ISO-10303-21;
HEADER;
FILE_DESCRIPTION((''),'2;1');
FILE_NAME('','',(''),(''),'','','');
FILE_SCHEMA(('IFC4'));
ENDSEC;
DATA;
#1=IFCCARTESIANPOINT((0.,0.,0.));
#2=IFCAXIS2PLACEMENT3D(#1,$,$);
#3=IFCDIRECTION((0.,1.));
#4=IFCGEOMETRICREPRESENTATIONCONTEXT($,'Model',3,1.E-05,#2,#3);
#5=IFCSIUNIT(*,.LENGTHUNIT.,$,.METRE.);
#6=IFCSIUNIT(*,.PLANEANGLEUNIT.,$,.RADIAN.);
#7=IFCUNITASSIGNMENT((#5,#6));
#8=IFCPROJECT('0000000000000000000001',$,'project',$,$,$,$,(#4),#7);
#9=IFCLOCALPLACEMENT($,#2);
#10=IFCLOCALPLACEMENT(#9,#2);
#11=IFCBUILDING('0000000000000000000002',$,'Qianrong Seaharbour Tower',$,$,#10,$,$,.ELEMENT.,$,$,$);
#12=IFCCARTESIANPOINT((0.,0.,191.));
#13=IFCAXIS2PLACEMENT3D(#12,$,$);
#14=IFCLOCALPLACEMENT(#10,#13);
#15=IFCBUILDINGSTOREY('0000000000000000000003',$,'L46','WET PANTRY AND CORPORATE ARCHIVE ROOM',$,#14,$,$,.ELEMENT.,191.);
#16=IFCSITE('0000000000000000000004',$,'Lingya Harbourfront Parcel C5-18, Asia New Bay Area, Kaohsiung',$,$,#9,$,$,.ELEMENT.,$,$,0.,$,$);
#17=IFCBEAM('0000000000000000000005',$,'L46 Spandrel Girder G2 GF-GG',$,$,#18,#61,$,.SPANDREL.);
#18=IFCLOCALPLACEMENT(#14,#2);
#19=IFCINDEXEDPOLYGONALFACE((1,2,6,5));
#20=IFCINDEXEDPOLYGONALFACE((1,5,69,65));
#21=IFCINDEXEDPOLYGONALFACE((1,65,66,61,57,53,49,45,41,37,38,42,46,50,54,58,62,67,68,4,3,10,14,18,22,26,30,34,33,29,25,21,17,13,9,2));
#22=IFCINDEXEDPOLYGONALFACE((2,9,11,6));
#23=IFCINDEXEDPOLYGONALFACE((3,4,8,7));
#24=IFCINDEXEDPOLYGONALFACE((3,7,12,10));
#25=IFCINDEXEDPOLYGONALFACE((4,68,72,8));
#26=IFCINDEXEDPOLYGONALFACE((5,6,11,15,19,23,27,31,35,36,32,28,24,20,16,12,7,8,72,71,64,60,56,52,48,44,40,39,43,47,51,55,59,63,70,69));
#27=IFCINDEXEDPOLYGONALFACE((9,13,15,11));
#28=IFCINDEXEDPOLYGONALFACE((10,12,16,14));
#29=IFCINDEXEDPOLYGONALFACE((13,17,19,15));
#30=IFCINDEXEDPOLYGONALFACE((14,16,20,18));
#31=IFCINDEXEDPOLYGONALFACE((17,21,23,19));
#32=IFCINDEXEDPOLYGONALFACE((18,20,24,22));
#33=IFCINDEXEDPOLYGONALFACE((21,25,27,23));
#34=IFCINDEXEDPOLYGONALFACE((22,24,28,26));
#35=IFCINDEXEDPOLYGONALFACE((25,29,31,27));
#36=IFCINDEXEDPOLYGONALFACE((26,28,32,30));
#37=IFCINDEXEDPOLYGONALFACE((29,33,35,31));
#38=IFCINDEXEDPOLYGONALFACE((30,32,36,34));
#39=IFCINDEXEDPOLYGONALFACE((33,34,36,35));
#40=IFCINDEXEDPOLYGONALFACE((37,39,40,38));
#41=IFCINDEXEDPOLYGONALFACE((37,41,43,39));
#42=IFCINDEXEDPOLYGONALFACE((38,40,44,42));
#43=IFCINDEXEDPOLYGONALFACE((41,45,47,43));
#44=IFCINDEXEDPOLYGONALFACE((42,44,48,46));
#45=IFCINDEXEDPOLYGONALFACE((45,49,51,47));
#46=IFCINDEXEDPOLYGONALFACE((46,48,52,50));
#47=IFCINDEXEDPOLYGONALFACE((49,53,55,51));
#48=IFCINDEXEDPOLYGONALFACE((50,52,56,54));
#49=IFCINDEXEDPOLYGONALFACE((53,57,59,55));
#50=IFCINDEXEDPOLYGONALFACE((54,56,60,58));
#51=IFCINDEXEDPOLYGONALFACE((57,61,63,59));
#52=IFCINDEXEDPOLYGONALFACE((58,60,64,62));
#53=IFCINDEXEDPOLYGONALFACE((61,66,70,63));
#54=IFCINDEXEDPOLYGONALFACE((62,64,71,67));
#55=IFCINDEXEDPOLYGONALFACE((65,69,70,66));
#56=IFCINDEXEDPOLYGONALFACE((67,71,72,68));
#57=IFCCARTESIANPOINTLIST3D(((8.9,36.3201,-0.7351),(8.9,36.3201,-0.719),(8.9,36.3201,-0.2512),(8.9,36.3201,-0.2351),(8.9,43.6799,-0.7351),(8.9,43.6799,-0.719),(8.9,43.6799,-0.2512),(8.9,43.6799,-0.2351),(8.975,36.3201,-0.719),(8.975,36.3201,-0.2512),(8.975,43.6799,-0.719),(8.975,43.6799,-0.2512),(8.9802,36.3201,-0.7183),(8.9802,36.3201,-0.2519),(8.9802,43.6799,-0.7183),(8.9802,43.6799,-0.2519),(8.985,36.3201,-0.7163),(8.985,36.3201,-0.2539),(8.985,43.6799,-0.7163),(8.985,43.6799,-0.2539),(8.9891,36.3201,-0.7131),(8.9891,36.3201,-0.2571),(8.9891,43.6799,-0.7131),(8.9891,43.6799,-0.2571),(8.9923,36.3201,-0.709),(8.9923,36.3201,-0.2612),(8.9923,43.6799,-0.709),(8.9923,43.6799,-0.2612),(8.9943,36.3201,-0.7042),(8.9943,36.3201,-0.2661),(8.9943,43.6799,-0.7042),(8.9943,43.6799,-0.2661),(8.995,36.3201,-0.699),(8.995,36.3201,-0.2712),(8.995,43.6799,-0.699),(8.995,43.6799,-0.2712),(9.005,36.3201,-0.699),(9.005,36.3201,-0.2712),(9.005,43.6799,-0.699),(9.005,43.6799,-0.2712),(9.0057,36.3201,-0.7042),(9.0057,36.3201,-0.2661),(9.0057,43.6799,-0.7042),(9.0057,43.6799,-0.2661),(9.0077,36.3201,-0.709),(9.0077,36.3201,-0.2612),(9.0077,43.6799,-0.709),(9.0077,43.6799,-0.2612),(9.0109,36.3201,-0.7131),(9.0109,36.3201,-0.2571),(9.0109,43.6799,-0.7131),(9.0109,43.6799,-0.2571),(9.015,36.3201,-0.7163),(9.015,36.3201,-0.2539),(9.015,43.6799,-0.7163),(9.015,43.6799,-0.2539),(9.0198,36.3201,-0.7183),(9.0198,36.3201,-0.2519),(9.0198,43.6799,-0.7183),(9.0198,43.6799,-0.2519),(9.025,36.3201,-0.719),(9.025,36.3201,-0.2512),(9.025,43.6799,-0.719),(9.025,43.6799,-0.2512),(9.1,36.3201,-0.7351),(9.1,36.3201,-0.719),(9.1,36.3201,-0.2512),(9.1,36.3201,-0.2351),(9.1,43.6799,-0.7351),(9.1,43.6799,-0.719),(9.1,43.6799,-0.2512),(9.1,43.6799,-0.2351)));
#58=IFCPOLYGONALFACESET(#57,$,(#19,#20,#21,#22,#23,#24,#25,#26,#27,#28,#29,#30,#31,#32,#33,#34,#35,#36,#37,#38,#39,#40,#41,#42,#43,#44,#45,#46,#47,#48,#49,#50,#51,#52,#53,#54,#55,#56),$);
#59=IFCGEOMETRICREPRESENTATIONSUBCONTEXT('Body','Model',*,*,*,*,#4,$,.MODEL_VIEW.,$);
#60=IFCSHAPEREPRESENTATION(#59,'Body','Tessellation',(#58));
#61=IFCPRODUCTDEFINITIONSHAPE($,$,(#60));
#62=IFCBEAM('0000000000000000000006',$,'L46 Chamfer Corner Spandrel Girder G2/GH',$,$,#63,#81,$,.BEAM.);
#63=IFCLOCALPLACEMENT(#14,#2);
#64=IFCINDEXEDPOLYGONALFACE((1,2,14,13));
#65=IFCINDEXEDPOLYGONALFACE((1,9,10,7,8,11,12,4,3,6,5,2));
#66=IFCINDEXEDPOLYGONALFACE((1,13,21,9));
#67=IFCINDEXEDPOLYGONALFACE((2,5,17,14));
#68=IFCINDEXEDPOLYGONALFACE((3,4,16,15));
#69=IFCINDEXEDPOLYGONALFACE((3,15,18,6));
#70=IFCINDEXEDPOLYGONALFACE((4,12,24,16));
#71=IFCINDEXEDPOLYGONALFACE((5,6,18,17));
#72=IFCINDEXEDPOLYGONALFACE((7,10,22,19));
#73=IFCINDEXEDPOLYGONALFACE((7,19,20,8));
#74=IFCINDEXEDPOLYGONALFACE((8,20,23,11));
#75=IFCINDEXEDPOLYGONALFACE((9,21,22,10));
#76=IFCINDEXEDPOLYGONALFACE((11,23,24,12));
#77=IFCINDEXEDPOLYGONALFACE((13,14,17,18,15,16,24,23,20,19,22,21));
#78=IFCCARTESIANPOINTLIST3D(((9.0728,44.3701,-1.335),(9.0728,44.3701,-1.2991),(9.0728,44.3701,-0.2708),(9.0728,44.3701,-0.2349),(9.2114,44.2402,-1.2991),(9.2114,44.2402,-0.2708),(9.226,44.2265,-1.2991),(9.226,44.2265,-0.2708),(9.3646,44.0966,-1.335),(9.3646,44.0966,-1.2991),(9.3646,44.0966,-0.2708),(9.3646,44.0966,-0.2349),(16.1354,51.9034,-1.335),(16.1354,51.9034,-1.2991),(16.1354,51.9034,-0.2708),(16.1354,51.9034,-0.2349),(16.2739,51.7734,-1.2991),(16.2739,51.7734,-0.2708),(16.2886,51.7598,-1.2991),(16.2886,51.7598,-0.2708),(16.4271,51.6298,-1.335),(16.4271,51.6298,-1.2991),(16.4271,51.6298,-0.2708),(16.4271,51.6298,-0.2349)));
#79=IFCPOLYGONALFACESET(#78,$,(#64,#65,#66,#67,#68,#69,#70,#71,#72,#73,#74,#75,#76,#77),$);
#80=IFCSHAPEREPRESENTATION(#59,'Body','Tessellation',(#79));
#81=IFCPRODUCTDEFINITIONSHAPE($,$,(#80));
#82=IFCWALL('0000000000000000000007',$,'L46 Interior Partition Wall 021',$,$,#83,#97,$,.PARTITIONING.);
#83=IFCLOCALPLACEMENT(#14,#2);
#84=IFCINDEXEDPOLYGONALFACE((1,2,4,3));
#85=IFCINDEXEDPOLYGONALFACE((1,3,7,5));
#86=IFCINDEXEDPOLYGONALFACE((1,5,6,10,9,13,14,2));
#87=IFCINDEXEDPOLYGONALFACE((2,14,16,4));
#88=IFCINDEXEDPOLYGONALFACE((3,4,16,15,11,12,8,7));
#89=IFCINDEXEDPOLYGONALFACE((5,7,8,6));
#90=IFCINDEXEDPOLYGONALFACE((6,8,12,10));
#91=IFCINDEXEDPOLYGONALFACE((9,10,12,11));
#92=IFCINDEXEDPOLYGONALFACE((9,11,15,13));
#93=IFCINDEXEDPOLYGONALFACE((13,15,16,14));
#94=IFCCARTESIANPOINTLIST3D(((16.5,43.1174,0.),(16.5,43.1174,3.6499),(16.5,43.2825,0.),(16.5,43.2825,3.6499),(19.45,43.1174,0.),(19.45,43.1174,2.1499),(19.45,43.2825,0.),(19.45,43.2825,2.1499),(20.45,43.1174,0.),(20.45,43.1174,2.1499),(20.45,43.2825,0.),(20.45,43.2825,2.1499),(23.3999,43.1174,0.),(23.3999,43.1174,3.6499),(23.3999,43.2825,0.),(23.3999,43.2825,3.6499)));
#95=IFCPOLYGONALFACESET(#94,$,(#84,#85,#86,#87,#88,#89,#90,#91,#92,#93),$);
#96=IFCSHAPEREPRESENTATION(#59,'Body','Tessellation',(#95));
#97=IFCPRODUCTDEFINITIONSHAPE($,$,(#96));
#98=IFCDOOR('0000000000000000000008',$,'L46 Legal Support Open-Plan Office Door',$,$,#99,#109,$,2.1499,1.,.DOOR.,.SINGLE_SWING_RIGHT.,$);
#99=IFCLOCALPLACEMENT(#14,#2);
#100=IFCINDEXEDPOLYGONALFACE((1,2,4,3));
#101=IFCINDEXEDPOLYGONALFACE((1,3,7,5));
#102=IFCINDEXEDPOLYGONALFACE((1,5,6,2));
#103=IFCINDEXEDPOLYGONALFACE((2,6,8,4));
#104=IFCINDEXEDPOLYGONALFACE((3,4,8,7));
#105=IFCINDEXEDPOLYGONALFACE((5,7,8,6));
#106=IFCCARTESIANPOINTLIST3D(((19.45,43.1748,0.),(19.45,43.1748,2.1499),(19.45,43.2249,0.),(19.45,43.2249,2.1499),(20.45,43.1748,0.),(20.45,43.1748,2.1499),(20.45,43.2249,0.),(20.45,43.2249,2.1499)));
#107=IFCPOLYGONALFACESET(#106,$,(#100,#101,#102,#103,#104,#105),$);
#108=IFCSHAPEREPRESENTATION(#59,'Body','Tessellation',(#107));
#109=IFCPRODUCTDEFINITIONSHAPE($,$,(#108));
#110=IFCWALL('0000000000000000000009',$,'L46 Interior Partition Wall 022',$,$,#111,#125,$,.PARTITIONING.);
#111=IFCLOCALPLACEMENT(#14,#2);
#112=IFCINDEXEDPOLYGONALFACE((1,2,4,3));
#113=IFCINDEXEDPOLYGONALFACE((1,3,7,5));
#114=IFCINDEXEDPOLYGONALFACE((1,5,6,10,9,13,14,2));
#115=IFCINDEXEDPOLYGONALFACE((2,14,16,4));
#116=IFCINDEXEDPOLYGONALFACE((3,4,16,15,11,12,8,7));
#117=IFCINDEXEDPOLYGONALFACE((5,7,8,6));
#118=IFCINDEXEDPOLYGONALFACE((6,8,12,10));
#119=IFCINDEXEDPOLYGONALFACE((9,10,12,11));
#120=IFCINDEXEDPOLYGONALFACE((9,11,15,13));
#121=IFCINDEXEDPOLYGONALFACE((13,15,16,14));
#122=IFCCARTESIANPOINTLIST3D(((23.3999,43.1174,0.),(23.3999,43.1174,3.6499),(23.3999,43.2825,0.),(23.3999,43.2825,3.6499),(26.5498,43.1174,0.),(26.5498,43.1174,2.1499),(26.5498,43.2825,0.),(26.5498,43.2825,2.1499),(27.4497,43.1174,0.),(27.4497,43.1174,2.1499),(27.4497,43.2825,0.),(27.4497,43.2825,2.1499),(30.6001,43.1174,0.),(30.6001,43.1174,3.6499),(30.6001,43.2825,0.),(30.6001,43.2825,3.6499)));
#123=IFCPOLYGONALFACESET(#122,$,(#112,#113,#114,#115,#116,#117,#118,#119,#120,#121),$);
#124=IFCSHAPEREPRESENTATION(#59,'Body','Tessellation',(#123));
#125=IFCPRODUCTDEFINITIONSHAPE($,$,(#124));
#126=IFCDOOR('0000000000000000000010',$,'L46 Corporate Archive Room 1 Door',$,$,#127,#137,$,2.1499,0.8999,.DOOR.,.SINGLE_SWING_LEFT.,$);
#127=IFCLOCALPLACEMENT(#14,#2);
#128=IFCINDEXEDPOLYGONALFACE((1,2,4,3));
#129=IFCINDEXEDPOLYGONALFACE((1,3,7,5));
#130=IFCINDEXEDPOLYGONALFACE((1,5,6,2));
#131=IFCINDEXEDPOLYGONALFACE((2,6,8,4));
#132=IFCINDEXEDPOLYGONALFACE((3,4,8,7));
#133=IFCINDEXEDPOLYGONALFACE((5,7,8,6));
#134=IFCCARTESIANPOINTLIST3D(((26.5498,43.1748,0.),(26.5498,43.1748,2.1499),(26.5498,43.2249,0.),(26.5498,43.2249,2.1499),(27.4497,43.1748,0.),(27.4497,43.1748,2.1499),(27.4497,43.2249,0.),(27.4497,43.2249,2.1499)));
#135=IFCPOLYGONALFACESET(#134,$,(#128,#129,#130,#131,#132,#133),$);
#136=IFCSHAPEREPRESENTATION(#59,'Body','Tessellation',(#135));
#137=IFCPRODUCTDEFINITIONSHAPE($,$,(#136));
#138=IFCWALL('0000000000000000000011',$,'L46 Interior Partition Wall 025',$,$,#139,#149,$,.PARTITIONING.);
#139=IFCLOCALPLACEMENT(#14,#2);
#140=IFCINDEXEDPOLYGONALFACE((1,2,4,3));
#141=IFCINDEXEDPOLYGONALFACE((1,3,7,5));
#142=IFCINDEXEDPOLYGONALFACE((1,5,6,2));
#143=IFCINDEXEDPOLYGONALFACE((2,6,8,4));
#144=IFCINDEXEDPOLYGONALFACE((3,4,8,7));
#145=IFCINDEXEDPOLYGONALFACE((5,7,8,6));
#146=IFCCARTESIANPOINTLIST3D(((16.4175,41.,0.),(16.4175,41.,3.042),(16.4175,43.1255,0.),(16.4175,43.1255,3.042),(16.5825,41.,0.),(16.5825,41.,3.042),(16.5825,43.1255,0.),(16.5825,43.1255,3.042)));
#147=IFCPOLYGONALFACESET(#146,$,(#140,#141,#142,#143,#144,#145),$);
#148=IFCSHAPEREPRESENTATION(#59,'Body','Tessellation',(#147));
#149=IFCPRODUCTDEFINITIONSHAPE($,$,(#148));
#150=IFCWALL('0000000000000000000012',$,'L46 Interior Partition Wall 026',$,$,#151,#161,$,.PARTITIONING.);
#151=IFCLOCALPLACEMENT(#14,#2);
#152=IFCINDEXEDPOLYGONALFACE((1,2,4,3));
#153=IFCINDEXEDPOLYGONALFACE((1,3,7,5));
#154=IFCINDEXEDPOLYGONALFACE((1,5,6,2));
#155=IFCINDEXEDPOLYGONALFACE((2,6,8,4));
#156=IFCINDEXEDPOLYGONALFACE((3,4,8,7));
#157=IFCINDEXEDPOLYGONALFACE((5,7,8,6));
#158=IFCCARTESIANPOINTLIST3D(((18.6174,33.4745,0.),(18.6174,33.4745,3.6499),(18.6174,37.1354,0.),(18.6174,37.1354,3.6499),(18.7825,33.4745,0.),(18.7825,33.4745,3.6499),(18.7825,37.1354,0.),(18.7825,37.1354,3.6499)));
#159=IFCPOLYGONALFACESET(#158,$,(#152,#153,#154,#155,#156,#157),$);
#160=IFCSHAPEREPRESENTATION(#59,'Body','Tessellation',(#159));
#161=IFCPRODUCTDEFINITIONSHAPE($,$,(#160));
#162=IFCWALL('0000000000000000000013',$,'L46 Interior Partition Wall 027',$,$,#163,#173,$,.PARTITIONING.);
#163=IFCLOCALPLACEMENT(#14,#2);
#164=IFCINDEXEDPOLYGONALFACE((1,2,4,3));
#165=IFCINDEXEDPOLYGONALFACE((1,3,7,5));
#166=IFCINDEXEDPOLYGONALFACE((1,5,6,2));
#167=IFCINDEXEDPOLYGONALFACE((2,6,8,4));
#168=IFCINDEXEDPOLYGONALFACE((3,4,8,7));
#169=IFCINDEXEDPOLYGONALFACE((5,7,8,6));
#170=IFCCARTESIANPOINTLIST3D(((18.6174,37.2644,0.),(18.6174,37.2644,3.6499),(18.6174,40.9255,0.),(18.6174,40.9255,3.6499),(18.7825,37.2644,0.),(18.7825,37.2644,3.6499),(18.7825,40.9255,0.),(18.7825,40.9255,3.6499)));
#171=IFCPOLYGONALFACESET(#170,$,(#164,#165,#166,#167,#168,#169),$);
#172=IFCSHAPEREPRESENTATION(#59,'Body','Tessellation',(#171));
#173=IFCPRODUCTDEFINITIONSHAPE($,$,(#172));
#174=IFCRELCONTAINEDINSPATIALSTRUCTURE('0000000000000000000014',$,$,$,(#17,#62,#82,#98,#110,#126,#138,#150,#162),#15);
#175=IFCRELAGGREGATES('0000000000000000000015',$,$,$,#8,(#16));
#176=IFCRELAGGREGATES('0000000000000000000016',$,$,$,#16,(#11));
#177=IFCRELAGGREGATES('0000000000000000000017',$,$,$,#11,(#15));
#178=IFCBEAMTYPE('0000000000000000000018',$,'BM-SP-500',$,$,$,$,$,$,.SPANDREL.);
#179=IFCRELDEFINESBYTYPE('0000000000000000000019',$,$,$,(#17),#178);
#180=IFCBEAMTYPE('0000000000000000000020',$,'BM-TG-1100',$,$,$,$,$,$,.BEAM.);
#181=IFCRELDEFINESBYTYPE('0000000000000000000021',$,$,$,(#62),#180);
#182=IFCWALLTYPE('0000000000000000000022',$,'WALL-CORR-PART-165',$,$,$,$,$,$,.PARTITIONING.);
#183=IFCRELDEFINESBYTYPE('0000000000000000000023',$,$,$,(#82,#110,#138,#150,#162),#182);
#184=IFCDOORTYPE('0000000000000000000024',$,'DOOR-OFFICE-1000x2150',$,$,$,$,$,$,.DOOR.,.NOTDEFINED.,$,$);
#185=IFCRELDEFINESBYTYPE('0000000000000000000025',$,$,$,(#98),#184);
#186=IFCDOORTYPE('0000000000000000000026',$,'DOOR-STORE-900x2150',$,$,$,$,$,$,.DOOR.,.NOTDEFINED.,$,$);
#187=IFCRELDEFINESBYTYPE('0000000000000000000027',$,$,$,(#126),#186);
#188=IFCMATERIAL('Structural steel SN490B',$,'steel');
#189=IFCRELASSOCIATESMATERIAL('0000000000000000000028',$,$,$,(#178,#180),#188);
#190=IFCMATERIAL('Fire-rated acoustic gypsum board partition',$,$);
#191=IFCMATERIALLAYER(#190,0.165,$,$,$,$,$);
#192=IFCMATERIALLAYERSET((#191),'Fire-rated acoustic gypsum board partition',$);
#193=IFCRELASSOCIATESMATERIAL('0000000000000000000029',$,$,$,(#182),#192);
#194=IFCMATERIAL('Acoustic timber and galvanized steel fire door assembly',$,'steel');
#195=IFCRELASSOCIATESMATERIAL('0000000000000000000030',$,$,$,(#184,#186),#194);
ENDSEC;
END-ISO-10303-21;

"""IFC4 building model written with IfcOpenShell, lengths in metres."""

from ifc_helpers import new_model, si_unit, direction, frame, frame_2d, origin, origin_2d, place, context, subcontext, project, spatial, rectangle, i_section, extrude, material, layer, layer_set, material_profile, profile_set, type_object, element, fill, save


model = new_model("IFC4")

# Units and contexts
model_context = context("Model", 3, precision=1e-05, world=origin(), true_north=direction((0.0, 1.0)))
body_context = subcontext(model_context, "Body", "Model", "MODEL_VIEW")
ifc_project = project(units=[si_unit("LENGTHUNIT", "METRE"), si_unit("PLANEANGLEUNIT", "RADIAN")], contexts=[model_context])

# Site, building, storey
site_placement = place(None, origin())
site = spatial("IfcSite", under=ifc_project, at=site_placement, Name="Lingya Harbourfront Parcel C5-18, Asia New Bay Area, Kaohsiung", CompositionType="ELEMENT", RefElevation=0.0)
building_placement = place(site_placement, origin())
building = spatial("IfcBuilding", under=site, at=building_placement, Name="Qianrong Seaharbour Tower", CompositionType="ELEMENT")
storey_placement = place(building_placement, frame((0.0, 0.0, 191.0)))
storey = spatial("IfcBuildingStorey", under=building, at=storey_placement, Name="L46", Description="WET PANTRY AND CORPORATE ARCHIVE ROOM", CompositionType="ELEMENT", Elevation=191.0)

# Shared definitions
ifc_material_1 = material(Name="Structural steel SN490B", Category="steel")

# Beams
ifc_material_profile_1 = material_profile(ifc_material_1, i_section(OverallWidth=0.2, OverallDepth=0.5, WebThickness=0.01, FlangeThickness=0.0161, FilletRadius=0.02, at=origin_2d()), Name="H500x200x10x16")
ifc_profile_set_1 = profile_set([ifc_material_profile_1], Name="Structural steel SN490B")
beam_type_1 = type_object("IfcBeamType", Name="BM-SP-500", PredefinedType="SPANDREL", material=ifc_profile_set_1)
for number, where, z_axis, x_axis, name in (
    (1, (9.0, 36.3201, -0.4851), (0.0, 1.0, 0.0), (-1.0, 0.0, 0.0), "L46 Spandrel Girder G2 GF-GG"),
):
    element("IfcBeam", number, at=place(storey_placement, frame(where, z_axis=z_axis, x_axis=x_axis)), inside=storey, type_object=beam_type_1, Name=name, PredefinedType="SPANDREL", context=body_context, shape_type="SweptSolid", body=[
        extrude(i_section(OverallWidth=0.2, OverallDepth=0.5, WebThickness=0.01, FlangeThickness=0.0161, FilletRadius=0.02, at=origin_2d()), origin(), (0.0, 0.0, 1.0), 7.3599),
    ])
ifc_material_profile_2 = material_profile(ifc_material_1, i_section(OverallWidth=0.3999, OverallDepth=1.1001, WebThickness=0.02, FlangeThickness=0.0359, at=origin_2d()), Name="BH1100x400x20x36")
ifc_profile_set_2 = profile_set([ifc_material_profile_2], Name="Structural steel SN490B")
beam_type_2 = type_object("IfcBeamType", Name="BM-TG-1100", PredefinedType="BEAM", material=ifc_profile_set_2)
beam_1_placement = place(storey_placement, frame((16.2812, 51.7666, -0.7849), z_axis=(-0.683947, -0.729531, 0.0), x_axis=(0.729531, -0.683947, 0.0)))
element("IfcBeam", 2, at=beam_1_placement, inside=storey, type_object=beam_type_2, Name="L46 Chamfer Corner Spandrel Girder G2/GH", PredefinedType="BEAM", context=body_context, shape_type="SweptSolid", body=[
    extrude(i_section(OverallWidth=0.3999, OverallDepth=1.1001, WebThickness=0.02, FlangeThickness=0.0359, at=origin_2d()), origin(), (0.0, 0.0, 1.0), 10.3262),
])

# Walls, openings, doors
ifc_material_2 = material(Name="Fire-rated acoustic gypsum board partition")
ifc_layer_1 = layer(ifc_material_2, 0.165)
ifc_layer_set_1 = layer_set([ifc_layer_1], Name="Fire-rated acoustic gypsum board partition")
wall_type_1 = type_object("IfcWallType", Name="WALL-CORR-PART-165", PredefinedType="PARTITIONING", material=ifc_layer_set_1)
wall_1_placement = place(storey_placement, frame((16.5, 43.2, 0.0), z_axis=(0.0, 0.0, 1.0), x_axis=(1.0, 0.0, 0.0)))
wall_1 = element("IfcWall", 3, at=wall_1_placement, inside=storey, type_object=wall_type_1, Name="L46 Interior Partition Wall 021", PredefinedType="PARTITIONING", context=body_context, shape_type="SweptSolid", body=[
    extrude(rectangle(XDim=6.8999, YDim=0.165, at=frame_2d((3.45, 0.0))), origin(), (0.0, 0.0, 1.0), 3.6499),
])
opening_1_placement = place(wall_1_placement, frame((2.95, 0.0, 0.0)))
opening_1 = element("IfcOpeningElement", 4, at=opening_1_placement, cuts=wall_1, PredefinedType="OPENING", context=body_context, shape_type="SweptSolid", body=[
    extrude(rectangle(XDim=1.0, YDim=2.1499, at=frame_2d((0.5, 1.075))), frame((0.0, 0.0925, 0.0), z_axis=(0.0, -1.0, 0.0), x_axis=(1.0, 0.0, 0.0)), (0.0, 0.0, 1.0), 0.1851),
])
ifc_material_3 = material(Name="Acoustic timber and galvanized steel fire door assembly", Category="steel")
door_type_1 = type_object("IfcDoorType", Name="DOOR-OFFICE-1000x2150", OperationType="NOTDEFINED", PredefinedType="DOOR", material=ifc_material_3)
door_1_placement = place(opening_1_placement, origin())
door_1 = element("IfcDoor", 5, at=door_1_placement, inside=storey, type_object=door_type_1, Name="L46 Legal Support Open-Plan Office Door", OperationType="SINGLE_SWING_RIGHT", OverallHeight=2.1499, OverallWidth=1.0, PredefinedType="DOOR", context=body_context, shape_type="SweptSolid", body=[
    extrude(rectangle(XDim=1.0, YDim=2.1499, at=frame_2d((0.5, 1.075))), frame((0.0, 0.0249, 0.0), z_axis=(0.0, -1.0, 0.0), x_axis=(1.0, 0.0, 0.0)), (0.0, 0.0, 1.0), 0.05),
])
fill(opening_1, door_1)
wall_2_placement = place(storey_placement, frame((23.3999, 43.2, 0.0), z_axis=(0.0, 0.0, 1.0), x_axis=(1.0, 0.0, 0.0)))
wall_2 = element("IfcWall", 6, at=wall_2_placement, inside=storey, type_object=wall_type_1, Name="L46 Interior Partition Wall 022", PredefinedType="PARTITIONING", context=body_context, shape_type="SweptSolid", body=[
    extrude(rectangle(XDim=7.2002, YDim=0.165, at=frame_2d((3.6001, 0.0))), origin(), (0.0, 0.0, 1.0), 3.6499),
])
opening_2_placement = place(wall_2_placement, frame((3.1499, 0.0, 0.0)))
opening_2 = element("IfcOpeningElement", 7, at=opening_2_placement, cuts=wall_2, PredefinedType="OPENING", context=body_context, shape_type="SweptSolid", body=[
    extrude(rectangle(XDim=0.8999, YDim=2.1499, at=frame_2d((0.45, 1.075))), frame((0.0, 0.0925, 0.0), z_axis=(0.0, -1.0, 0.0), x_axis=(1.0, 0.0, 0.0)), (0.0, 0.0, 1.0), 0.1851),
])
door_type_2 = type_object("IfcDoorType", Name="DOOR-STORE-900x2150", OperationType="NOTDEFINED", PredefinedType="DOOR", material=ifc_material_3)
door_2_placement = place(opening_2_placement, origin())
door_2 = element("IfcDoor", 8, at=door_2_placement, inside=storey, type_object=door_type_2, Name="L46 Corporate Archive Room 1 Door", OperationType="SINGLE_SWING_LEFT", OverallHeight=2.1499, OverallWidth=0.8999, PredefinedType="DOOR", context=body_context, shape_type="SweptSolid", body=[
    extrude(rectangle(XDim=0.8999, YDim=2.1499, at=frame_2d((0.45, 1.075))), frame((0.0, 0.0249, 0.0), z_axis=(0.0, -1.0, 0.0), x_axis=(1.0, 0.0, 0.0)), (0.0, 0.0, 1.0), 0.05),
])
fill(opening_2, door_2)

# Walls
wall_3_placement = place(storey_placement, frame((16.5, 41.0, 0.0), z_axis=(0.0, 0.0, 1.0), x_axis=(0.0, 1.0, 0.0)))
element("IfcWall", 9, at=wall_3_placement, inside=storey, type_object=wall_type_1, Name="L46 Interior Partition Wall 025", PredefinedType="PARTITIONING", context=body_context, shape_type="SweptSolid", body=[
    extrude(rectangle(XDim=2.1255, YDim=0.165, at=frame_2d((1.0627, 0.0))), origin(), (0.0, 0.0, 1.0), 3.042),
])
wall_4_placement = place(storey_placement, frame((18.7, 37.1355, 0.0), z_axis=(0.0, 0.0, 1.0), x_axis=(0.0, -1.0, 0.0)))
element("IfcWall", 10, at=wall_4_placement, inside=storey, type_object=wall_type_1, Name="L46 Interior Partition Wall 026", PredefinedType="PARTITIONING", context=body_context, shape_type="SweptSolid", body=[
    extrude(rectangle(XDim=3.6609, YDim=0.165, at=frame_2d((1.8306, 0.0))), origin(), (0.0, 0.0, 1.0), 3.6499),
])
wall_5_placement = place(storey_placement, frame((18.7, 40.9255, 0.0), z_axis=(0.0, 0.0, 1.0), x_axis=(0.0, -1.0, 0.0)))
element("IfcWall", 11, at=wall_5_placement, inside=storey, type_object=wall_type_1, Name="L46 Interior Partition Wall 027", PredefinedType="PARTITIONING", context=body_context, shape_type="SweptSolid", body=[
    extrude(rectangle(XDim=3.6611, YDim=0.165, at=frame_2d((1.8306, 0.0))), origin(), (0.0, 0.0, 1.0), 3.6499),
])

save(model, "model.ifc")
